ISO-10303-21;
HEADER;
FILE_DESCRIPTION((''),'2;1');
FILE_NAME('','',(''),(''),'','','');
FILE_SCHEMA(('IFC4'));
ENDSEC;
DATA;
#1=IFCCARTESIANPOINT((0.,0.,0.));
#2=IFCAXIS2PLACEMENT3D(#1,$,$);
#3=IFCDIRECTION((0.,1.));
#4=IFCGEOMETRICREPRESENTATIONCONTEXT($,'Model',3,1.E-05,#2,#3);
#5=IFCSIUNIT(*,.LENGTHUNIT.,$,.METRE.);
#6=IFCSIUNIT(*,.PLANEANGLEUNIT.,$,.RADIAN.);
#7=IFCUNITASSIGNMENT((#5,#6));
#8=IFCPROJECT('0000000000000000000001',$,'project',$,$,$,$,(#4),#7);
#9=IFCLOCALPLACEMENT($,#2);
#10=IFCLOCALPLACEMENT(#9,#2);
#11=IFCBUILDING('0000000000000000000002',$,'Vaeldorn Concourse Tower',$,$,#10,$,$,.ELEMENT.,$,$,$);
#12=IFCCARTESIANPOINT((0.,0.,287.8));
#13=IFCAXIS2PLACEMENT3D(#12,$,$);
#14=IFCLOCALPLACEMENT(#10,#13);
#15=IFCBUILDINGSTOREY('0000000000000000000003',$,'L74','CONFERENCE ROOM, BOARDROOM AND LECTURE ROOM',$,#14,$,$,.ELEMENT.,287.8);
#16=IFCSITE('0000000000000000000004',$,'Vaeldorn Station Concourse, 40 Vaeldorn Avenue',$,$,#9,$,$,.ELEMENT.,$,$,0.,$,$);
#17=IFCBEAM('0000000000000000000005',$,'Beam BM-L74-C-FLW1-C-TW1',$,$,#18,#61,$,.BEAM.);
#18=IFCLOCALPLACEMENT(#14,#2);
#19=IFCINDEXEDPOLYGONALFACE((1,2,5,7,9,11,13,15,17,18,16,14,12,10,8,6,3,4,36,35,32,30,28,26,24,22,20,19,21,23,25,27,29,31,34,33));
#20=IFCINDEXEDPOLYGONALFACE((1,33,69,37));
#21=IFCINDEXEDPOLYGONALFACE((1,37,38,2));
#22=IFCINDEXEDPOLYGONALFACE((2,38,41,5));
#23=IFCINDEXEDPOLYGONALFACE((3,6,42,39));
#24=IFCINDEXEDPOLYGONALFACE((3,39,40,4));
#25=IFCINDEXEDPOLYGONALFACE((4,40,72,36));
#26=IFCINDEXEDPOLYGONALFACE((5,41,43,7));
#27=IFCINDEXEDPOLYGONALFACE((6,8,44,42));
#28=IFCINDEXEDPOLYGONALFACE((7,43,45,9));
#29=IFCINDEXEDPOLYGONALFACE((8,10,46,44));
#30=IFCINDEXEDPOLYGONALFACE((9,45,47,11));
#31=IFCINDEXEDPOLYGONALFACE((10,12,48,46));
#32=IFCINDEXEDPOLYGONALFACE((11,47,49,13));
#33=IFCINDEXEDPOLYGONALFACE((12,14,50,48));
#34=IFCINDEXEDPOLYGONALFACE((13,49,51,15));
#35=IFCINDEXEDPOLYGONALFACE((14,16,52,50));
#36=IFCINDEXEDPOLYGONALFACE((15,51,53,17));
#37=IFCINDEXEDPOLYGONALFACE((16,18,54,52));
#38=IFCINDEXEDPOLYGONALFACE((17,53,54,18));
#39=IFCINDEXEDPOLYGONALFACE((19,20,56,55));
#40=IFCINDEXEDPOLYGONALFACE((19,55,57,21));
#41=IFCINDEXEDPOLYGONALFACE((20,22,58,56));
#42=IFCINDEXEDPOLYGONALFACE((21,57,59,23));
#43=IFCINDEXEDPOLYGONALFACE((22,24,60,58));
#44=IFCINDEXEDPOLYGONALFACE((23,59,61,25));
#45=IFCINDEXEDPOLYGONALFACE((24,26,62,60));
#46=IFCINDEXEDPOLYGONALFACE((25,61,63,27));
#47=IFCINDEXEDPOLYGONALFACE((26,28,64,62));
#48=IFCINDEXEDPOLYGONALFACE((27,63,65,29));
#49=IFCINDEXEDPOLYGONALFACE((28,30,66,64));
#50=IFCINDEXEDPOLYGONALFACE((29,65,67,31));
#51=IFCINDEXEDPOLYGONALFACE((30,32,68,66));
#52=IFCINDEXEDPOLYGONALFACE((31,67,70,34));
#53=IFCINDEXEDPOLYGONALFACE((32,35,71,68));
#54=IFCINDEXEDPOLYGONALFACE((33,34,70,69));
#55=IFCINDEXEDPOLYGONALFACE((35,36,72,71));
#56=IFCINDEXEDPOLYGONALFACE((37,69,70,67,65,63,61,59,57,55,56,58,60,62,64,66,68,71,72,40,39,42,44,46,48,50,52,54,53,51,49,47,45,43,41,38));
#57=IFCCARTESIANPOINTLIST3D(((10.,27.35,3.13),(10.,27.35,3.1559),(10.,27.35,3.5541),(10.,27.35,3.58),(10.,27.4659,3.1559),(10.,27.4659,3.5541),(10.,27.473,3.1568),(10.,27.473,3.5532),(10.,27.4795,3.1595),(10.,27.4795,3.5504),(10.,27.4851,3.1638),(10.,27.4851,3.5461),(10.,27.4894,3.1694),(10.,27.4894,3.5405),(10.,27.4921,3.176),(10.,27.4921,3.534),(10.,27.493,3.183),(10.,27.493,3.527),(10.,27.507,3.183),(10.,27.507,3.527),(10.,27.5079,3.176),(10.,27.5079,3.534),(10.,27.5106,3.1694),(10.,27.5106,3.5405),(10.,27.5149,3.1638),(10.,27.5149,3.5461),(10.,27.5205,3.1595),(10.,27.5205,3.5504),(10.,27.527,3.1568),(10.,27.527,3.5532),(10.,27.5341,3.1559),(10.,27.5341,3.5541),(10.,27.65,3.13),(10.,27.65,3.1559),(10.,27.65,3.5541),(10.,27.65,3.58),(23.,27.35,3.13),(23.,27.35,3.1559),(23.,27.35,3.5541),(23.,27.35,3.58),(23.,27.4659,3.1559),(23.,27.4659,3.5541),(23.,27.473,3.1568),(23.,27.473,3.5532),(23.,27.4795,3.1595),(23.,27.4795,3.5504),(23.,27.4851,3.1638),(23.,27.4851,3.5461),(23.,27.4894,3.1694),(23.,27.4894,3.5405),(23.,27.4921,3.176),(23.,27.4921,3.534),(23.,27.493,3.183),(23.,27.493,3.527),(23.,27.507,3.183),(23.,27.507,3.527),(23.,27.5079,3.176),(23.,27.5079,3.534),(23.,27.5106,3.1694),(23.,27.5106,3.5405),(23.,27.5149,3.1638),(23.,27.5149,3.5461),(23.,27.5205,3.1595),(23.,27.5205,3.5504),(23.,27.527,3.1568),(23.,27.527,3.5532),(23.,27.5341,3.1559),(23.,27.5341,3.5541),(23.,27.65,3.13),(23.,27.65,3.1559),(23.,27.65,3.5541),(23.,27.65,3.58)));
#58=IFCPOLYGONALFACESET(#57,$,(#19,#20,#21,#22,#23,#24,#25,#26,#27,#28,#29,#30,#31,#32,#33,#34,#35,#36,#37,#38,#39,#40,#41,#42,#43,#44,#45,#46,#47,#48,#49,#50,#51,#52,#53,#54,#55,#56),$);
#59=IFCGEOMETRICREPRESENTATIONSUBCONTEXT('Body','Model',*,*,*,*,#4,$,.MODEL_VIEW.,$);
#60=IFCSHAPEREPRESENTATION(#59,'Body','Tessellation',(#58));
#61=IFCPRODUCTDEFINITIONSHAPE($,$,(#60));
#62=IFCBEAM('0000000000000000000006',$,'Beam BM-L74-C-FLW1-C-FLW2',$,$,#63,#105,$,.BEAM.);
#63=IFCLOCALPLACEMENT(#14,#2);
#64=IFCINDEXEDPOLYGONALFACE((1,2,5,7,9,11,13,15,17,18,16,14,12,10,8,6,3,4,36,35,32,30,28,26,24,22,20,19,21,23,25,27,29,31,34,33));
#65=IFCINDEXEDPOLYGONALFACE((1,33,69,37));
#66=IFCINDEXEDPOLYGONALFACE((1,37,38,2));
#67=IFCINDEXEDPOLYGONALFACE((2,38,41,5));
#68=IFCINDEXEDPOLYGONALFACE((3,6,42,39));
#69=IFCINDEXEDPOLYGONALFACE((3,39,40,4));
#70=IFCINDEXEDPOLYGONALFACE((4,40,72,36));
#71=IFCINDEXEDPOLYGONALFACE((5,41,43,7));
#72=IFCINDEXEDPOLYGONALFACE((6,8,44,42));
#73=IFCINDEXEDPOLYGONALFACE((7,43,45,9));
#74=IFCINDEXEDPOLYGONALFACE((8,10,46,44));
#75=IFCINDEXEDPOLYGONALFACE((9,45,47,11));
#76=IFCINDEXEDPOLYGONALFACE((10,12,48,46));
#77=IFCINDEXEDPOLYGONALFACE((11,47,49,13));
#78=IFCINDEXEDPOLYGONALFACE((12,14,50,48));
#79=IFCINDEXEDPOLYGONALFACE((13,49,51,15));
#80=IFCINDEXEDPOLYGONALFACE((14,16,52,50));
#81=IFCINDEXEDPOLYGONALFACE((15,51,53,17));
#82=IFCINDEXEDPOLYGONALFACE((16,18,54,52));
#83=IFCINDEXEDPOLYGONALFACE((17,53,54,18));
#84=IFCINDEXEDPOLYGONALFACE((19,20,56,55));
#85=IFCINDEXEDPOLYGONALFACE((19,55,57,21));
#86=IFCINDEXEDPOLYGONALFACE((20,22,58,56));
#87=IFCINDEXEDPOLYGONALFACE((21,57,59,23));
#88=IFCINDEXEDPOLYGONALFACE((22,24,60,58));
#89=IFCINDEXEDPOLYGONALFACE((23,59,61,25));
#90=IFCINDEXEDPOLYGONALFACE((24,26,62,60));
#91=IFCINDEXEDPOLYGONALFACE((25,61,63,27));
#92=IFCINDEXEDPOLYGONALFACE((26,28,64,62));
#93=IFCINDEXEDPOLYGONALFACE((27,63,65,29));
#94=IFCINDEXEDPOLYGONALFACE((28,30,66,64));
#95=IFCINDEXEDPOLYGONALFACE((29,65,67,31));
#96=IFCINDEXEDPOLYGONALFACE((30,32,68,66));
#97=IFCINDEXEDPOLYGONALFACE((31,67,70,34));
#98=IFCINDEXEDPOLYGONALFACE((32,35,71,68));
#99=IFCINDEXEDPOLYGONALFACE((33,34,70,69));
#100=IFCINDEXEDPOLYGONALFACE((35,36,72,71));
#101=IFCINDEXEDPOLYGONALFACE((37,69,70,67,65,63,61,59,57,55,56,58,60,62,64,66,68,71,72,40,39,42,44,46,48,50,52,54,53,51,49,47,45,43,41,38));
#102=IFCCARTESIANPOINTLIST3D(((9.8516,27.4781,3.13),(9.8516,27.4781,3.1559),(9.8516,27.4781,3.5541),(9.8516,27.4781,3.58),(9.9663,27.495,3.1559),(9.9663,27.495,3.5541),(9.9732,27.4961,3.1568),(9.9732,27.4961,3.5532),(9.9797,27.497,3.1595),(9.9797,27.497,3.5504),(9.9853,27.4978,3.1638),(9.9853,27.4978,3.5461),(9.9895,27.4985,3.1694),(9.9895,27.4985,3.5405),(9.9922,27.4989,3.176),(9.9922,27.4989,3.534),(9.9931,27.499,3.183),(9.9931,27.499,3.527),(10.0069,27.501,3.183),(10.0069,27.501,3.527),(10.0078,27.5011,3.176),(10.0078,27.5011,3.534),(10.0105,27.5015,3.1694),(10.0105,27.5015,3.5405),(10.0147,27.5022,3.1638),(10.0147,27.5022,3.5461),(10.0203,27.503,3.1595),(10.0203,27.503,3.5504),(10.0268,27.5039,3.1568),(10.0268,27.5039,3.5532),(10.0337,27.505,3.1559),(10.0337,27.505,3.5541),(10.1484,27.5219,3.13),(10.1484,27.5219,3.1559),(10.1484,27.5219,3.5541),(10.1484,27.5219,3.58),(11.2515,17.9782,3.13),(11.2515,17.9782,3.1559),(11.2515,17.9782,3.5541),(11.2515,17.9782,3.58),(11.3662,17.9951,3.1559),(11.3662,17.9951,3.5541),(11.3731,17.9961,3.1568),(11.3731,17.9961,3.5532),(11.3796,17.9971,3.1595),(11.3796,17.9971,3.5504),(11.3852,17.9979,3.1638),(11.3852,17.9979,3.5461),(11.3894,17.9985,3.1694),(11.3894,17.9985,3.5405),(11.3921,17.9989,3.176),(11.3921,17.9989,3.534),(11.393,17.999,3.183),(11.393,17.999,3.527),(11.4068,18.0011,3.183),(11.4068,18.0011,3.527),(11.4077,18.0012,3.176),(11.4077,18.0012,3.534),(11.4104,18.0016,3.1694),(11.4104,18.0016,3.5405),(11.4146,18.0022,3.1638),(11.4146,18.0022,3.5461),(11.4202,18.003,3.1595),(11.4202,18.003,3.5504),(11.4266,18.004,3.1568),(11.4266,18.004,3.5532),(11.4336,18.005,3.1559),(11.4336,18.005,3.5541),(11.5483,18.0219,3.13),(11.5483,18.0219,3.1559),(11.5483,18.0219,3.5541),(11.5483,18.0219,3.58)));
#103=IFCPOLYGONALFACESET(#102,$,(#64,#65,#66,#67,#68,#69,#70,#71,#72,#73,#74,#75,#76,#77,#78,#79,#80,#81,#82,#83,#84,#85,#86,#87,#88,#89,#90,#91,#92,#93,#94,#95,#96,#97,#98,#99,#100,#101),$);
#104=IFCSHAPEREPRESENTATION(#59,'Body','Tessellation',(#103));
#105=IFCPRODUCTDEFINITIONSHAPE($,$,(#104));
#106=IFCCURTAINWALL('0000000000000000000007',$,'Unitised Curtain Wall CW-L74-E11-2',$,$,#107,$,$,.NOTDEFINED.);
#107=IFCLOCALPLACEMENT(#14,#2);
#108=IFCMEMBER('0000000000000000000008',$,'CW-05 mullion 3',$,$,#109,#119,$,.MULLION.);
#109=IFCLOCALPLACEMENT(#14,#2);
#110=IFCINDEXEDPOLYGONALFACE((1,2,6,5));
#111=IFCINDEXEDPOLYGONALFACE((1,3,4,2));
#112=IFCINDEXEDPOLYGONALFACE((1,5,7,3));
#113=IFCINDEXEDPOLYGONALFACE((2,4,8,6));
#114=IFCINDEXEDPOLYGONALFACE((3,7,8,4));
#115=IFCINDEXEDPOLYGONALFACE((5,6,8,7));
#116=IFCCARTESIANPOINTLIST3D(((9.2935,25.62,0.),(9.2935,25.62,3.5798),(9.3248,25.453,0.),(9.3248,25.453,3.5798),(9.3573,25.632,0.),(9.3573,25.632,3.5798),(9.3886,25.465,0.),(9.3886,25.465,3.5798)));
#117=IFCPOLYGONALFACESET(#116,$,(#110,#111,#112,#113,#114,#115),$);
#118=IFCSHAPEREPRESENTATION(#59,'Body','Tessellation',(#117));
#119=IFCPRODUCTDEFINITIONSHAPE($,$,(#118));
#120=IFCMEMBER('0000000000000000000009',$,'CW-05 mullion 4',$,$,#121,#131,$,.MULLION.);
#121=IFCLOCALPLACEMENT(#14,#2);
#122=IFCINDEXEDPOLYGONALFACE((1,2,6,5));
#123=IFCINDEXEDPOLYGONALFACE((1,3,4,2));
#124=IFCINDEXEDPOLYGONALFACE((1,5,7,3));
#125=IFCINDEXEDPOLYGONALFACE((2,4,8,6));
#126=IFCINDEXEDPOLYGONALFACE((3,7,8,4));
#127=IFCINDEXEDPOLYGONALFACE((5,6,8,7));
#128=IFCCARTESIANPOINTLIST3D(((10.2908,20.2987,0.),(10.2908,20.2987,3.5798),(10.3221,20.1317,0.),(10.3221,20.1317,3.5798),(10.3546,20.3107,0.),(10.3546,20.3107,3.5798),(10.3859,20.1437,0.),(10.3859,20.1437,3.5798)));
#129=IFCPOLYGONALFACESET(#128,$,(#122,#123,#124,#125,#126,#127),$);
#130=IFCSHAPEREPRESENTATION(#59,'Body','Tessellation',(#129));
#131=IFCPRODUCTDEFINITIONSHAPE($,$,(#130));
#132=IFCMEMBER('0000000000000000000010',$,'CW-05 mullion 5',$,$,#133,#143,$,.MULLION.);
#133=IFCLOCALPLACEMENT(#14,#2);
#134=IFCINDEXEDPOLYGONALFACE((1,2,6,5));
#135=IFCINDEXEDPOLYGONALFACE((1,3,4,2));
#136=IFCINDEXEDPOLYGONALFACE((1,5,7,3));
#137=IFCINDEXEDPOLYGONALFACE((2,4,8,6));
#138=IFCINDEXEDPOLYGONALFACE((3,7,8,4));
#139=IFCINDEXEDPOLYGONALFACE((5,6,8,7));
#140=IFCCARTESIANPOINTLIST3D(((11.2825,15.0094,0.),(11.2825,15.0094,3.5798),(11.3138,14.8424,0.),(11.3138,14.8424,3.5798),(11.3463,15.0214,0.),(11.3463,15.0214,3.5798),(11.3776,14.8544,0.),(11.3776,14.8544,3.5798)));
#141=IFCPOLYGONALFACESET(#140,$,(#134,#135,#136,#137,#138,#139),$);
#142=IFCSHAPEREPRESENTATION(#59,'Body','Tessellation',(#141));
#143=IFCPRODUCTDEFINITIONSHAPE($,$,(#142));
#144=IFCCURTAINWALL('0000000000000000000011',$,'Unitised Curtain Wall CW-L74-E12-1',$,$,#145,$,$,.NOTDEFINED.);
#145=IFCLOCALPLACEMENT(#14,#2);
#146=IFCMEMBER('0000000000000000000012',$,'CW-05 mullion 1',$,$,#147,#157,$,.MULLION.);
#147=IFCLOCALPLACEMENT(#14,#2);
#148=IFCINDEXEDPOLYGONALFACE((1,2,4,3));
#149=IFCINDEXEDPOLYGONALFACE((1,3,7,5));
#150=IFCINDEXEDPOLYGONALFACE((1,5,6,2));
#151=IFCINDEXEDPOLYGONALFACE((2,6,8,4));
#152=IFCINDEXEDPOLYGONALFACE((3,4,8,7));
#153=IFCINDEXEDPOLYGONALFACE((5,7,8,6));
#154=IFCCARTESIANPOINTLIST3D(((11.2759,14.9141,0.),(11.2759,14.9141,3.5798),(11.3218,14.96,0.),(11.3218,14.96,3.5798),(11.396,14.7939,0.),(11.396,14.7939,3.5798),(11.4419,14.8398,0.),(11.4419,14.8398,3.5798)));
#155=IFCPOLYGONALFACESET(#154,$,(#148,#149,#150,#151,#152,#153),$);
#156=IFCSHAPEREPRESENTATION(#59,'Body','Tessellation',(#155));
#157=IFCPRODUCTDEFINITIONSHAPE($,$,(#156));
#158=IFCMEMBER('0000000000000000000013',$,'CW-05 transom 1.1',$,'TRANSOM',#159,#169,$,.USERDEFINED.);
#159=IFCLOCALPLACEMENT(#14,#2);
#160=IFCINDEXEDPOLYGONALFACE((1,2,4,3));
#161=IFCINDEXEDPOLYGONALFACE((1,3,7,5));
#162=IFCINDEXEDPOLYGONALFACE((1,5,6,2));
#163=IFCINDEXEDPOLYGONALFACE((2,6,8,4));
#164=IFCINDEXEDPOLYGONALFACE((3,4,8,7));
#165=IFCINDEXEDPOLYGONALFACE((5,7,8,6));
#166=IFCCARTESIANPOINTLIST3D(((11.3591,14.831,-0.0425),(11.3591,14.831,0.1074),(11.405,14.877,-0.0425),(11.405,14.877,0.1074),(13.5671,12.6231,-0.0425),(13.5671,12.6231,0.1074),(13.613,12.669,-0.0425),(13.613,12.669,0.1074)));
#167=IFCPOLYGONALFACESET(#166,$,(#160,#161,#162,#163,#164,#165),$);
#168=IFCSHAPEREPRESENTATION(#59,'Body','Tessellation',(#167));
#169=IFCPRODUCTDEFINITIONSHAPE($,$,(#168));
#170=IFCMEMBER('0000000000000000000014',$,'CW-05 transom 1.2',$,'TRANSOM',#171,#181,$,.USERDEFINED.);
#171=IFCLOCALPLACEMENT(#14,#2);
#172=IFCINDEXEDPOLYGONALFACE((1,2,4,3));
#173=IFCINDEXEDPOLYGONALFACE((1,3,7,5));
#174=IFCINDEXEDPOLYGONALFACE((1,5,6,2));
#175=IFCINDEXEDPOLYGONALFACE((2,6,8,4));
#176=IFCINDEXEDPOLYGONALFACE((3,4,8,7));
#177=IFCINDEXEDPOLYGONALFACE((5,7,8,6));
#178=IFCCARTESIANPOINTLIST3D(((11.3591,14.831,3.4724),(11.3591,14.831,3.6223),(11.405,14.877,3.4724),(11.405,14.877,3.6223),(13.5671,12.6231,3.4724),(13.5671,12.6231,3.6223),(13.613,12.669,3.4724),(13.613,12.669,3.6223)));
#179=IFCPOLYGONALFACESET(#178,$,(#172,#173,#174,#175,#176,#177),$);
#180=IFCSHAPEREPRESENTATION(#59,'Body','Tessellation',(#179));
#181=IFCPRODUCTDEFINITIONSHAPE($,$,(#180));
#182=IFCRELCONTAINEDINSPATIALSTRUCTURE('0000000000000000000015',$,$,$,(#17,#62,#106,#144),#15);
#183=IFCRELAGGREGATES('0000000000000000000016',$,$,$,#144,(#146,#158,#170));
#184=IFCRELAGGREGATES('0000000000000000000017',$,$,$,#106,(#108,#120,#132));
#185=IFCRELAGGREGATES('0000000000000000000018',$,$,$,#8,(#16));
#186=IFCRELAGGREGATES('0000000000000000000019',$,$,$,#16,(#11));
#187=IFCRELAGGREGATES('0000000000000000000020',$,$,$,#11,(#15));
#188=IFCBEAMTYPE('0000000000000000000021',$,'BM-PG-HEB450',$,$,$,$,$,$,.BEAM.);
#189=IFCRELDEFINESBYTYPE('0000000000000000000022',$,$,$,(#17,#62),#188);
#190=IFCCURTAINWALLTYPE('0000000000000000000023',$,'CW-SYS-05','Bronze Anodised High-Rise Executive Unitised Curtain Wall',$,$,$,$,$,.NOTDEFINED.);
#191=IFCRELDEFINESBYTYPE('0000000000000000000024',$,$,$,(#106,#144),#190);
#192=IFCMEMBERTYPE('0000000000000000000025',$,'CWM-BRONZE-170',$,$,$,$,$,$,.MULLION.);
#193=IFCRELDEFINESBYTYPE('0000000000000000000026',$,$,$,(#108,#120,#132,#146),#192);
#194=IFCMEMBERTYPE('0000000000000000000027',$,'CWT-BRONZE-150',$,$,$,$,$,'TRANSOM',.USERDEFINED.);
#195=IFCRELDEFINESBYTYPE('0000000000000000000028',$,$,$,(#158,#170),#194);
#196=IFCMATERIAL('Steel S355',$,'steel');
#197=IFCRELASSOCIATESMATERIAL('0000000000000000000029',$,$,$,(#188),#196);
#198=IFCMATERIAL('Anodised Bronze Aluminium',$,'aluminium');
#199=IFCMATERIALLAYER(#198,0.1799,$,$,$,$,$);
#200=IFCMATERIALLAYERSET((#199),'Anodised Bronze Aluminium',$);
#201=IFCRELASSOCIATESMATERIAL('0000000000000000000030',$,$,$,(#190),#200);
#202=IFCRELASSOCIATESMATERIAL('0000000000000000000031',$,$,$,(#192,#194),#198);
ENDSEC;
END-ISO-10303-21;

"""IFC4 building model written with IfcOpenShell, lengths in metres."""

from ifc_helpers import new_model, si_unit, direction, frame, origin, origin_2d, place, context, subcontext, project, spatial, rectangle, i_section, extrude, source, transform, mapped, material, layer, layer_set, material_profile, profile_set, type_object, element, aggregate, save


model = new_model("IFC4")

# Units and contexts
model_context = context("Model", 3, precision=1e-05, world=origin(), true_north=direction((0.0, 1.0)))
body_context = subcontext(model_context, "Body", "Model", "MODEL_VIEW")
ifc_project = project(units=[si_unit("LENGTHUNIT", "METRE"), si_unit("PLANEANGLEUNIT", "RADIAN")], contexts=[model_context])

# Site, building, storey
site_placement = place(None, origin())
site = spatial("IfcSite", under=ifc_project, at=site_placement, Name="Vaeldorn Station Concourse, 40 Vaeldorn Avenue", CompositionType="ELEMENT", RefElevation=0.0)
building_placement = place(site_placement, origin())
building = spatial("IfcBuilding", under=site, at=building_placement, Name="Vaeldorn Concourse Tower", CompositionType="ELEMENT")
storey_placement = place(building_placement, frame((0.0, 0.0, 287.8)))
storey = spatial("IfcBuildingStorey", under=building, at=storey_placement, Name="L74", Description="CONFERENCE ROOM, BOARDROOM AND LECTURE ROOM", CompositionType="ELEMENT", Elevation=287.8)

# Shared definitions
ifc_material_1 = material(Name="Steel S355", Category="steel")

# Beams
ifc_material_profile_1 = material_profile(ifc_material_1, i_section(OverallWidth=0.3, OverallDepth=0.45, WebThickness=0.0139, FlangeThickness=0.0259, FilletRadius=0.0271, at=origin_2d()), Name="HEB 450")
ifc_profile_set_1 = profile_set([ifc_material_profile_1], Name="Steel S355")
beam_type_1 = type_object("IfcBeamType", Name="BM-PG-HEB450", PredefinedType="BEAM", material=ifc_profile_set_1)
shared_shape_1 = source(origin(), body_context, "Body", "SweptSolid", [
    extrude(i_section(OverallWidth=0.3, OverallDepth=0.45, WebThickness=0.0139, FlangeThickness=0.0259, FilletRadius=0.0271, at=origin_2d()), origin(), (0.0, 0.0, 1.0), 13.0),
])
beam_1_placement = place(storey_placement, frame((10.0, 27.5, 3.355), z_axis=(1.0, 0.0, 0.0), x_axis=(0.0, 1.0, 0.0)))
element("IfcBeam", 1, at=beam_1_placement, inside=storey, type_object=beam_type_1, Name="Beam BM-L74-C-FLW1-C-TW1", PredefinedType="BEAM", context=body_context, shape_type="MappedRepresentation", body=[
    mapped(shared_shape_1, transform((0.0, 0.0, 0.0), scale=1.0)),
])
shared_shape_2 = source(origin(), body_context, "Body", "SweptSolid", [
    extrude(i_section(OverallWidth=0.3, OverallDepth=0.45, WebThickness=0.0139, FlangeThickness=0.0259, FilletRadius=0.0271, at=origin_2d()), origin(), (0.0, 0.0, 1.0), 9.6025),
])
beam_2_placement = place(storey_placement, frame((10.0, 27.5, 3.355), z_axis=(0.145784, -0.989316, 0.0), x_axis=(0.989316, 0.145784, 0.0)))
element("IfcBeam", 2, at=beam_2_placement, inside=storey, type_object=beam_type_1, Name="Beam BM-L74-C-FLW1-C-FLW2", PredefinedType="BEAM", context=body_context, shape_type="MappedRepresentation", body=[
    mapped(shared_shape_2, transform((0.0, 0.0, 0.0), scale=1.0)),
])

# Curtain walls, members
ifc_material_2 = material(Name="Anodised Bronze Aluminium", Category="aluminium")
ifc_layer_1 = layer(ifc_material_2, 0.1799)
ifc_layer_set_1 = layer_set([ifc_layer_1], Name="Anodised Bronze Aluminium")
curtain_wall_type = type_object("IfcCurtainWallType", Name="CW-SYS-05", Description="Bronze Anodised High-Rise Executive Unitised Curtain Wall", PredefinedType="NOTDEFINED", material=ifc_layer_set_1)
curtain_wall_1_placement = place(storey_placement, origin())
curtain_wall_1 = element("IfcCurtainWall", 3, at=curtain_wall_1_placement, inside=storey, type_object=curtain_wall_type, Name="Unitised Curtain Wall CW-L74-E11-2", PredefinedType="NOTDEFINED")
ifc_material_profile_2 = material_profile(ifc_material_2, rectangle(XDim=0.0649, YDim=0.1699, at=origin_2d()), Name="CWM 65x170")
ifc_profile_set_2 = profile_set([ifc_material_profile_2], Name="Anodised Bronze Aluminium")
member_type_1 = type_object("IfcMemberType", Name="CWM-BRONZE-170", PredefinedType="MULLION", material=ifc_profile_set_2)
shared_shape_3 = source(origin(), body_context, "Body", "SweptSolid", [
    extrude(rectangle(XDim=0.0649, YDim=0.1699, at=origin_2d()), origin(), (0.0, 0.0, 1.0), 3.5798),
])
member_1_placement = place(storey_placement, frame((9.3411, 25.5425, 0.0), z_axis=(0.0, 0.0, 1.0), x_axis=(0.98288, 0.184247, 0.0)))
member_1 = element("IfcMember", 4, at=member_1_placement, type_object=member_type_1, Name="CW-05 mullion 3", PredefinedType="MULLION", context=body_context, shape_type="MappedRepresentation", body=[
    mapped(shared_shape_3, transform((0.0, 0.0, 0.0), scale=1.0)),
])
member_2_placement = place(storey_placement, frame((10.3384, 20.2212, 0.0), z_axis=(0.0, 0.0, 1.0), x_axis=(0.98288, 0.184247, 0.0)))
member_2 = element("IfcMember", 5, at=member_2_placement, type_object=member_type_1, Name="CW-05 mullion 4", PredefinedType="MULLION", context=body_context, shape_type="MappedRepresentation", body=[
    mapped(shared_shape_3, transform((0.0, 0.0, 0.0), scale=1.0)),
])
member_3_placement = place(storey_placement, frame((11.3301, 14.9319, 0.0), z_axis=(0.0, 0.0, 1.0), x_axis=(0.98288, 0.184247, 0.0)))
member_3 = element("IfcMember", 6, at=member_3_placement, type_object=member_type_1, Name="CW-05 mullion 5", PredefinedType="MULLION", context=body_context, shape_type="MappedRepresentation", body=[
    mapped(shared_shape_3, transform((0.0, 0.0, 0.0), scale=1.0)),
])
curtain_wall_2_placement = place(storey_placement, origin())
curtain_wall_2 = element("IfcCurtainWall", 7, at=curtain_wall_2_placement, inside=storey, type_object=curtain_wall_type, Name="Unitised Curtain Wall CW-L74-E12-1", PredefinedType="NOTDEFINED")
member_4_placement = place(storey_placement, frame((11.3589, 14.877, 0.0), z_axis=(0.0, 0.0, 1.0), x_axis=(0.707107, 0.707107, 0.0)))
member_4 = element("IfcMember", 8, at=member_4_placement, type_object=member_type_1, Name="CW-05 mullion 1", PredefinedType="MULLION", context=body_context, shape_type="MappedRepresentation", body=[
    mapped(shared_shape_3, transform((0.0, 0.0, 0.0), scale=1.0)),
])
ifc_material_profile_3 = material_profile(ifc_material_2, rectangle(XDim=0.0649, YDim=0.1499, at=origin_2d()), Name="CWT 65x150")
ifc_profile_set_3 = profile_set([ifc_material_profile_3], Name="Anodised Bronze Aluminium")
member_type_2 = type_object("IfcMemberType", Name="CWT-BRONZE-150", ElementType="TRANSOM", PredefinedType="USERDEFINED", material=ifc_profile_set_3)
shared_shape_4 = source(origin(), body_context, "Body", "SweptSolid", [
    extrude(rectangle(XDim=0.0649, YDim=0.1499, at=origin_2d()), origin(), (0.0, 0.0, 1.0), 3.1226),
])
member_5_placement = place(storey_placement, frame((11.3821, 14.854, 0.0325), z_axis=(0.707107, -0.707107, 0.0), x_axis=(0.707107, 0.707107, 0.0)))
member_5 = element("IfcMember", 9, at=member_5_placement, type_object=member_type_2, Name="CW-05 transom 1.1", ObjectType="TRANSOM", PredefinedType="USERDEFINED", context=body_context, shape_type="MappedRepresentation", body=[
    mapped(shared_shape_4, transform((0.0, 0.0, 0.0), scale=1.0)),
])
member_6_placement = place(storey_placement, frame((11.3821, 14.854, 3.5474), z_axis=(0.707107, -0.707107, 0.0), x_axis=(0.707107, 0.707107, 0.0)))
member_6 = element("IfcMember", 10, at=member_6_placement, type_object=member_type_2, Name="CW-05 transom 1.2", ObjectType="TRANSOM", PredefinedType="USERDEFINED", context=body_context, shape_type="MappedRepresentation", body=[
    mapped(shared_shape_4, transform((0.0, 0.0, 0.0), scale=1.0)),
])
aggregate(curtain_wall_2, [member_4, member_5, member_6])

aggregate(curtain_wall_1, [member_1, member_2, member_3])

save(model, "model.ifc")
